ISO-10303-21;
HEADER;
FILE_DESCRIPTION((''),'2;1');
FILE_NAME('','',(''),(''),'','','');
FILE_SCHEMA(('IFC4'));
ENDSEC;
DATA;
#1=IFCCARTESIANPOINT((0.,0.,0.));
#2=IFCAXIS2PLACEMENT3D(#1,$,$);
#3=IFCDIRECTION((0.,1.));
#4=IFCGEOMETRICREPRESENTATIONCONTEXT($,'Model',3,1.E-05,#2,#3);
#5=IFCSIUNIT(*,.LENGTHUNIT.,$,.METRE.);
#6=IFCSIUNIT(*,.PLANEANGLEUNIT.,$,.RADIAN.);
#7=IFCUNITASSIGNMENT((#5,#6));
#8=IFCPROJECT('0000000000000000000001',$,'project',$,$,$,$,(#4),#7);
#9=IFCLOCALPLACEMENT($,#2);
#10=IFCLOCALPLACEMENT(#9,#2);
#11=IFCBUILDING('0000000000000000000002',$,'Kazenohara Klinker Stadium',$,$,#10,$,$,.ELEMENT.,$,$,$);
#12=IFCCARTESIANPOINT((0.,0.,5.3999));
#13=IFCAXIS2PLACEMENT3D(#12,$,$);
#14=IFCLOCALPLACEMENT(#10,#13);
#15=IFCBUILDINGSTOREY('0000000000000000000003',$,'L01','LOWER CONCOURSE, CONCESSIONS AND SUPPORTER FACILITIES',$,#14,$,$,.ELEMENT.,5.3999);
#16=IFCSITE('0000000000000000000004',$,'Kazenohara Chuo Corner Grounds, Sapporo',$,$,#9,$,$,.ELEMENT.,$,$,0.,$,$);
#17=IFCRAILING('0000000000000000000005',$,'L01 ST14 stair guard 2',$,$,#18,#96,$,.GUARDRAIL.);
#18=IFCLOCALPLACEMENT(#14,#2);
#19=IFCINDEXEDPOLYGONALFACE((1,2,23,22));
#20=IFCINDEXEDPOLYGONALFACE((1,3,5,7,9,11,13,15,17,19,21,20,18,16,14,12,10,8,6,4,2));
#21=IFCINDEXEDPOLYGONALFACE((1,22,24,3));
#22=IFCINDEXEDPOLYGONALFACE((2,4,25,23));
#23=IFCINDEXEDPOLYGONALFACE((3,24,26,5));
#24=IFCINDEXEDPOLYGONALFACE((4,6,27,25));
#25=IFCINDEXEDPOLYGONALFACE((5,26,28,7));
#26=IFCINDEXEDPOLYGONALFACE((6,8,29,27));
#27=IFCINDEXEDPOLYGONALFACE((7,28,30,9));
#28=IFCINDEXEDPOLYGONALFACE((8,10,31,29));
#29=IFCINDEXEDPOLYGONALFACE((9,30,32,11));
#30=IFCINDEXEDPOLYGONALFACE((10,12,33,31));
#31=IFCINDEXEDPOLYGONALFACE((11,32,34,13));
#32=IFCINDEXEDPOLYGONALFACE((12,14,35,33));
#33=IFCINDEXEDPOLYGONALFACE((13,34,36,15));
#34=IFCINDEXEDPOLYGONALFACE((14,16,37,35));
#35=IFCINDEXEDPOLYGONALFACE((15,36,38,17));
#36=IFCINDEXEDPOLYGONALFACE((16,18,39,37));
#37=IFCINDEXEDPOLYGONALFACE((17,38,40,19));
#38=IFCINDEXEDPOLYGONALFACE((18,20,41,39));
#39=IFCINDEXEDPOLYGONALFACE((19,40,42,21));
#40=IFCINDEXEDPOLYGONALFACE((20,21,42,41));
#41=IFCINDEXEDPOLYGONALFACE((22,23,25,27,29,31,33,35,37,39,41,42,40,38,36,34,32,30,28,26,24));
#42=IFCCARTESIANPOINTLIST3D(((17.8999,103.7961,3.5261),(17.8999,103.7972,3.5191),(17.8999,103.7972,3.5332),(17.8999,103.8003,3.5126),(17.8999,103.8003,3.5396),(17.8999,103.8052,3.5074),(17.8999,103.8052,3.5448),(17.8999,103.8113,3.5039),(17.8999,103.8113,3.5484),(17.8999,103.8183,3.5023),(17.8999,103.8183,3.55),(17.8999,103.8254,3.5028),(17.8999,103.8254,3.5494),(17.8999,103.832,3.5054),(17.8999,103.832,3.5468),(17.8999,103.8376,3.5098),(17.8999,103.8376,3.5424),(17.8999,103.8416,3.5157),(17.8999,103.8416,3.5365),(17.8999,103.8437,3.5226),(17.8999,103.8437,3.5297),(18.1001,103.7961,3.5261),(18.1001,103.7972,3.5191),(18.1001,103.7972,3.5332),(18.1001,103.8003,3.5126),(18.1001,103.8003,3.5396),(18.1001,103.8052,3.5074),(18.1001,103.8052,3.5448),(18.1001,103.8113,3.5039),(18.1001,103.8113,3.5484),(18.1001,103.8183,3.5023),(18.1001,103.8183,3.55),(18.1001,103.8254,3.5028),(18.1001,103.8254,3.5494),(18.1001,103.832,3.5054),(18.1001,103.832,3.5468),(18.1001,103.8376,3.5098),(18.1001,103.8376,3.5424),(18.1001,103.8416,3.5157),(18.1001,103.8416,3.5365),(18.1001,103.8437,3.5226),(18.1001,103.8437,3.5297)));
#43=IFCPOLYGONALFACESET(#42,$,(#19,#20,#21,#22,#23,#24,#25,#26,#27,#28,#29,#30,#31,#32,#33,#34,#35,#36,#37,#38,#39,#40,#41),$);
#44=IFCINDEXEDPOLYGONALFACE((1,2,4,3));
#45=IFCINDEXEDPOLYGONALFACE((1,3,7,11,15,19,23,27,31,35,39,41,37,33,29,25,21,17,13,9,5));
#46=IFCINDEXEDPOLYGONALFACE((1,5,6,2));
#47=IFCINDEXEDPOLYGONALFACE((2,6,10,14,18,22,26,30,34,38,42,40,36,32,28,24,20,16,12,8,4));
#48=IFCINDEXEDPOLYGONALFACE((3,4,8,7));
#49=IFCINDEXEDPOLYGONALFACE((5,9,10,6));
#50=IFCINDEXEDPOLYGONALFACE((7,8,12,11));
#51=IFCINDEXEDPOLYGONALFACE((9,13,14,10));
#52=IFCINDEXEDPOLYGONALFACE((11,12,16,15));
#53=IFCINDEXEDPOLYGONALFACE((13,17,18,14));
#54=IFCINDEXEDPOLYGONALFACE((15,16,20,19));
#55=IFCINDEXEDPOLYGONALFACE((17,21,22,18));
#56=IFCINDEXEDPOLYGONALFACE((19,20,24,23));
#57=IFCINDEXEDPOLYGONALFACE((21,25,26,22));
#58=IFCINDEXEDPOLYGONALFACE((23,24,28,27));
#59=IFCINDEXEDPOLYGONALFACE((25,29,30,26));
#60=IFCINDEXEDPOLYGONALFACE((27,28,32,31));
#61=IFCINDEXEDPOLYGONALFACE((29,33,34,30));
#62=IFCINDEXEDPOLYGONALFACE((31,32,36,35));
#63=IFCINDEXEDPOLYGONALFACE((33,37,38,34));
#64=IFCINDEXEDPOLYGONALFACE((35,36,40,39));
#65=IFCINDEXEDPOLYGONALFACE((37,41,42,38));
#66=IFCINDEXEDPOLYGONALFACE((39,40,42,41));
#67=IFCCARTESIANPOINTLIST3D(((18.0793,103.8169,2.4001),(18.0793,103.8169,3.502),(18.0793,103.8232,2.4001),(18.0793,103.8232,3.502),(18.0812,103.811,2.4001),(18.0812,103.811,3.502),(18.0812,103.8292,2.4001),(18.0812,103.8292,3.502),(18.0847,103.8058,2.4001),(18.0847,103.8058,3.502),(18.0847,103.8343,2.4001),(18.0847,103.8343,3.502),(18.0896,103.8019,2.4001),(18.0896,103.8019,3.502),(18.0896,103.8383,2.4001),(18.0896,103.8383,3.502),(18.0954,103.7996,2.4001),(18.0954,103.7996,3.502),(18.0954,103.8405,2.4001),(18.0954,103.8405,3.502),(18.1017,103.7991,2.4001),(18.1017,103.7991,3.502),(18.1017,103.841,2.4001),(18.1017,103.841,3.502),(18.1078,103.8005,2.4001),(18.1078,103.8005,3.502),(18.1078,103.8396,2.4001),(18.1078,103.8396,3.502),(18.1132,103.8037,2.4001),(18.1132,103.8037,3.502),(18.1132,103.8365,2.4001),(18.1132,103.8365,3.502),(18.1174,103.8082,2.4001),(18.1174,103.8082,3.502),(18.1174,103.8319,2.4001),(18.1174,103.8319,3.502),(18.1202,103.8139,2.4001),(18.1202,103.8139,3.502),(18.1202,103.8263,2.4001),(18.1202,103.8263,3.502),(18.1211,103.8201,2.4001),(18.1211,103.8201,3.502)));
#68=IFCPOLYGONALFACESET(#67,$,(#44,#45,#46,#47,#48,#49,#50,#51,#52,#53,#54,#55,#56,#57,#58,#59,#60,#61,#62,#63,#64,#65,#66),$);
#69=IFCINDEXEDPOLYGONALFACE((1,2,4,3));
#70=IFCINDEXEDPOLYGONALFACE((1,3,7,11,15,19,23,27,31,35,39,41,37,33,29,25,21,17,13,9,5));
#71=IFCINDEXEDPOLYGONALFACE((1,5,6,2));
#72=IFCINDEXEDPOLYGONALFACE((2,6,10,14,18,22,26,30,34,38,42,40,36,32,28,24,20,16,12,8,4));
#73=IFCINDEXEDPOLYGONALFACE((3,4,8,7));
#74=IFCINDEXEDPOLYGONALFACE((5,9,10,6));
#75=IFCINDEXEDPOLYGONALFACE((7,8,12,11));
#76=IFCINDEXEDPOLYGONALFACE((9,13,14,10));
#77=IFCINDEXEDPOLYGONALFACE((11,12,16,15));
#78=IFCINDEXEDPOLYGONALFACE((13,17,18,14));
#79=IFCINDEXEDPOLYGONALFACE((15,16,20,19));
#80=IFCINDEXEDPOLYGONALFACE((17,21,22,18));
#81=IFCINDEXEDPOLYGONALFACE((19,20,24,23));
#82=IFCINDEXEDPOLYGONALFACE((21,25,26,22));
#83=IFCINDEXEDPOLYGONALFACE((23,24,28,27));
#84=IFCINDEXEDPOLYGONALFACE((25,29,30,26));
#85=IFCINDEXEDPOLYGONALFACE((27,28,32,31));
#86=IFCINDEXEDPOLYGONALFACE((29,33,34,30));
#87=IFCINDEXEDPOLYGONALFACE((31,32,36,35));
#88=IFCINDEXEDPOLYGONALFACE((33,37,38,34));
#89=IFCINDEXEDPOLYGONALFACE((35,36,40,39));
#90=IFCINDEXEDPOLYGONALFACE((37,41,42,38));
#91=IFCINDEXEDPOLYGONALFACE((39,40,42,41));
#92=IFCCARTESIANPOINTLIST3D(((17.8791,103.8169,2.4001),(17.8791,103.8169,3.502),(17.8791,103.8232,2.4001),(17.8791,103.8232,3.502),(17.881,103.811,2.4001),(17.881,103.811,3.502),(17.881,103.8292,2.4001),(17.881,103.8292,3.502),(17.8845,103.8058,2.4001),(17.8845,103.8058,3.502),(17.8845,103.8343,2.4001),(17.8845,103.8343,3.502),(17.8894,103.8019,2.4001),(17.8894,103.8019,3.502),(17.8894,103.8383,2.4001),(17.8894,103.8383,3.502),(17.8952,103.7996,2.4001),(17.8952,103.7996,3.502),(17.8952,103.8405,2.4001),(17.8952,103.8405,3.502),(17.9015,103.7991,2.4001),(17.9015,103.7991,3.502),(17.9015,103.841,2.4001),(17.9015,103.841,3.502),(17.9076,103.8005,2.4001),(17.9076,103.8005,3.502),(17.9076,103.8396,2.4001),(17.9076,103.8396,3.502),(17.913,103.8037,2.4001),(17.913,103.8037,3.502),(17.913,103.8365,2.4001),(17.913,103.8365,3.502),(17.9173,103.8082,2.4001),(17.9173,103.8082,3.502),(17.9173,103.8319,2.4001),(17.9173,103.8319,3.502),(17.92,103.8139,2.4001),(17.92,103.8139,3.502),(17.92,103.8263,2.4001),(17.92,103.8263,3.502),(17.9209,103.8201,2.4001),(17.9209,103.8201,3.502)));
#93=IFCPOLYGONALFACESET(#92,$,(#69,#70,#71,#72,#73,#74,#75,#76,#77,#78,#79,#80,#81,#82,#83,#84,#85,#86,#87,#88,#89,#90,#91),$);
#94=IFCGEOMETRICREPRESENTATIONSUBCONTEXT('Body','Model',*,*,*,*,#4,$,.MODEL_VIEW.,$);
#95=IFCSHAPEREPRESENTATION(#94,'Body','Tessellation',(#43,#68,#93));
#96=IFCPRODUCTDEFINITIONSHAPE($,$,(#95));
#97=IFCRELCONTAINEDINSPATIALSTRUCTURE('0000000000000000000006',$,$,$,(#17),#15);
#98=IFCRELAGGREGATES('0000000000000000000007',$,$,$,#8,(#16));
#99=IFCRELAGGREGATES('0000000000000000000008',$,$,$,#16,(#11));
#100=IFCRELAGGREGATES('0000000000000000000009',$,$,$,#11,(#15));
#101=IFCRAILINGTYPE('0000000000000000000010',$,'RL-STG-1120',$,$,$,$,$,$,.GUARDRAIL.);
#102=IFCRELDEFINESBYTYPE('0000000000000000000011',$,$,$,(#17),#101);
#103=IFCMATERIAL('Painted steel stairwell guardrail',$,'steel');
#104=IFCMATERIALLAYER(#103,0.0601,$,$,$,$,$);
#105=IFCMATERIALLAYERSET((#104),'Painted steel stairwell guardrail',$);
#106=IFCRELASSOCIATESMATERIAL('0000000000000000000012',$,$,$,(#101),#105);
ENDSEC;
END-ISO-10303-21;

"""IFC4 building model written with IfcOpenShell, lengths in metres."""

from ifc_helpers import new_model, si_unit, direction, frame, origin, origin_2d, place, context, subcontext, project, spatial, circle, extrude, material, layer, layer_set, type_object, element, save


model = new_model("IFC4")

# Units and contexts
model_context = context("Model", 3, precision=1e-05, world=origin(), true_north=direction((0.0, 1.0)))
body_context = subcontext(model_context, "Body", "Model", "MODEL_VIEW")
ifc_project = project(units=[si_unit("LENGTHUNIT", "METRE"), si_unit("PLANEANGLEUNIT", "RADIAN")], contexts=[model_context])

# Site, building, storey
site_placement = place(None, origin())
site = spatial("IfcSite", under=ifc_project, at=site_placement, Name="Kazenohara Chuo Corner Grounds, Sapporo", CompositionType="ELEMENT", RefElevation=0.0)
building_placement = place(site_placement, origin())
building = spatial("IfcBuilding", under=site, at=building_placement, Name="Kazenohara Klinker Stadium", CompositionType="ELEMENT")
storey_placement = place(building_placement, frame((0.0, 0.0, 5.3999)))
storey = spatial("IfcBuildingStorey", under=building, at=storey_placement, Name="L01", Description="LOWER CONCOURSE, CONCESSIONS AND SUPPORTER FACILITIES", CompositionType="ELEMENT", Elevation=5.3999)

# Railing
ifc_material_1 = material(Name="Painted steel stairwell guardrail", Category="steel")
ifc_layer_1 = layer(ifc_material_1, 0.0601)
ifc_layer_set_1 = layer_set([ifc_layer_1], Name="Painted steel stairwell guardrail")
railing_type_1 = type_object("IfcRailingType", Name="RL-STG-1120", PredefinedType="GUARDRAIL", material=ifc_layer_set_1)
railing_1_placement = place(storey_placement, frame((18.1001, 103.8201, 2.4001)))
element("IfcRailing", 1, at=railing_1_placement, inside=storey, type_object=railing_type_1, Name="L01 ST14 stair guard 2", PredefinedType="GUARDRAIL", context=body_context, shape_type="SweptSolid", body=[
    extrude(circle(Radius=0.0239, at=origin_2d()), frame((0.0, 0.0, 1.126), z_axis=(-1.0, 0.0, 0.0), x_axis=(0.0, -1.0, 0.0)), (0.0, 0.0, 1.0), 0.2002),
    extrude(circle(Radius=0.021, at=origin_2d()), origin(), (0.0, 0.0, 1.0), 1.1018),
    extrude(circle(Radius=0.021, at=origin_2d()), frame((-0.2002, 0.0, 0.0)), (0.0, 0.0, 1.0), 1.1018),
])

save(model, "model.ifc")
